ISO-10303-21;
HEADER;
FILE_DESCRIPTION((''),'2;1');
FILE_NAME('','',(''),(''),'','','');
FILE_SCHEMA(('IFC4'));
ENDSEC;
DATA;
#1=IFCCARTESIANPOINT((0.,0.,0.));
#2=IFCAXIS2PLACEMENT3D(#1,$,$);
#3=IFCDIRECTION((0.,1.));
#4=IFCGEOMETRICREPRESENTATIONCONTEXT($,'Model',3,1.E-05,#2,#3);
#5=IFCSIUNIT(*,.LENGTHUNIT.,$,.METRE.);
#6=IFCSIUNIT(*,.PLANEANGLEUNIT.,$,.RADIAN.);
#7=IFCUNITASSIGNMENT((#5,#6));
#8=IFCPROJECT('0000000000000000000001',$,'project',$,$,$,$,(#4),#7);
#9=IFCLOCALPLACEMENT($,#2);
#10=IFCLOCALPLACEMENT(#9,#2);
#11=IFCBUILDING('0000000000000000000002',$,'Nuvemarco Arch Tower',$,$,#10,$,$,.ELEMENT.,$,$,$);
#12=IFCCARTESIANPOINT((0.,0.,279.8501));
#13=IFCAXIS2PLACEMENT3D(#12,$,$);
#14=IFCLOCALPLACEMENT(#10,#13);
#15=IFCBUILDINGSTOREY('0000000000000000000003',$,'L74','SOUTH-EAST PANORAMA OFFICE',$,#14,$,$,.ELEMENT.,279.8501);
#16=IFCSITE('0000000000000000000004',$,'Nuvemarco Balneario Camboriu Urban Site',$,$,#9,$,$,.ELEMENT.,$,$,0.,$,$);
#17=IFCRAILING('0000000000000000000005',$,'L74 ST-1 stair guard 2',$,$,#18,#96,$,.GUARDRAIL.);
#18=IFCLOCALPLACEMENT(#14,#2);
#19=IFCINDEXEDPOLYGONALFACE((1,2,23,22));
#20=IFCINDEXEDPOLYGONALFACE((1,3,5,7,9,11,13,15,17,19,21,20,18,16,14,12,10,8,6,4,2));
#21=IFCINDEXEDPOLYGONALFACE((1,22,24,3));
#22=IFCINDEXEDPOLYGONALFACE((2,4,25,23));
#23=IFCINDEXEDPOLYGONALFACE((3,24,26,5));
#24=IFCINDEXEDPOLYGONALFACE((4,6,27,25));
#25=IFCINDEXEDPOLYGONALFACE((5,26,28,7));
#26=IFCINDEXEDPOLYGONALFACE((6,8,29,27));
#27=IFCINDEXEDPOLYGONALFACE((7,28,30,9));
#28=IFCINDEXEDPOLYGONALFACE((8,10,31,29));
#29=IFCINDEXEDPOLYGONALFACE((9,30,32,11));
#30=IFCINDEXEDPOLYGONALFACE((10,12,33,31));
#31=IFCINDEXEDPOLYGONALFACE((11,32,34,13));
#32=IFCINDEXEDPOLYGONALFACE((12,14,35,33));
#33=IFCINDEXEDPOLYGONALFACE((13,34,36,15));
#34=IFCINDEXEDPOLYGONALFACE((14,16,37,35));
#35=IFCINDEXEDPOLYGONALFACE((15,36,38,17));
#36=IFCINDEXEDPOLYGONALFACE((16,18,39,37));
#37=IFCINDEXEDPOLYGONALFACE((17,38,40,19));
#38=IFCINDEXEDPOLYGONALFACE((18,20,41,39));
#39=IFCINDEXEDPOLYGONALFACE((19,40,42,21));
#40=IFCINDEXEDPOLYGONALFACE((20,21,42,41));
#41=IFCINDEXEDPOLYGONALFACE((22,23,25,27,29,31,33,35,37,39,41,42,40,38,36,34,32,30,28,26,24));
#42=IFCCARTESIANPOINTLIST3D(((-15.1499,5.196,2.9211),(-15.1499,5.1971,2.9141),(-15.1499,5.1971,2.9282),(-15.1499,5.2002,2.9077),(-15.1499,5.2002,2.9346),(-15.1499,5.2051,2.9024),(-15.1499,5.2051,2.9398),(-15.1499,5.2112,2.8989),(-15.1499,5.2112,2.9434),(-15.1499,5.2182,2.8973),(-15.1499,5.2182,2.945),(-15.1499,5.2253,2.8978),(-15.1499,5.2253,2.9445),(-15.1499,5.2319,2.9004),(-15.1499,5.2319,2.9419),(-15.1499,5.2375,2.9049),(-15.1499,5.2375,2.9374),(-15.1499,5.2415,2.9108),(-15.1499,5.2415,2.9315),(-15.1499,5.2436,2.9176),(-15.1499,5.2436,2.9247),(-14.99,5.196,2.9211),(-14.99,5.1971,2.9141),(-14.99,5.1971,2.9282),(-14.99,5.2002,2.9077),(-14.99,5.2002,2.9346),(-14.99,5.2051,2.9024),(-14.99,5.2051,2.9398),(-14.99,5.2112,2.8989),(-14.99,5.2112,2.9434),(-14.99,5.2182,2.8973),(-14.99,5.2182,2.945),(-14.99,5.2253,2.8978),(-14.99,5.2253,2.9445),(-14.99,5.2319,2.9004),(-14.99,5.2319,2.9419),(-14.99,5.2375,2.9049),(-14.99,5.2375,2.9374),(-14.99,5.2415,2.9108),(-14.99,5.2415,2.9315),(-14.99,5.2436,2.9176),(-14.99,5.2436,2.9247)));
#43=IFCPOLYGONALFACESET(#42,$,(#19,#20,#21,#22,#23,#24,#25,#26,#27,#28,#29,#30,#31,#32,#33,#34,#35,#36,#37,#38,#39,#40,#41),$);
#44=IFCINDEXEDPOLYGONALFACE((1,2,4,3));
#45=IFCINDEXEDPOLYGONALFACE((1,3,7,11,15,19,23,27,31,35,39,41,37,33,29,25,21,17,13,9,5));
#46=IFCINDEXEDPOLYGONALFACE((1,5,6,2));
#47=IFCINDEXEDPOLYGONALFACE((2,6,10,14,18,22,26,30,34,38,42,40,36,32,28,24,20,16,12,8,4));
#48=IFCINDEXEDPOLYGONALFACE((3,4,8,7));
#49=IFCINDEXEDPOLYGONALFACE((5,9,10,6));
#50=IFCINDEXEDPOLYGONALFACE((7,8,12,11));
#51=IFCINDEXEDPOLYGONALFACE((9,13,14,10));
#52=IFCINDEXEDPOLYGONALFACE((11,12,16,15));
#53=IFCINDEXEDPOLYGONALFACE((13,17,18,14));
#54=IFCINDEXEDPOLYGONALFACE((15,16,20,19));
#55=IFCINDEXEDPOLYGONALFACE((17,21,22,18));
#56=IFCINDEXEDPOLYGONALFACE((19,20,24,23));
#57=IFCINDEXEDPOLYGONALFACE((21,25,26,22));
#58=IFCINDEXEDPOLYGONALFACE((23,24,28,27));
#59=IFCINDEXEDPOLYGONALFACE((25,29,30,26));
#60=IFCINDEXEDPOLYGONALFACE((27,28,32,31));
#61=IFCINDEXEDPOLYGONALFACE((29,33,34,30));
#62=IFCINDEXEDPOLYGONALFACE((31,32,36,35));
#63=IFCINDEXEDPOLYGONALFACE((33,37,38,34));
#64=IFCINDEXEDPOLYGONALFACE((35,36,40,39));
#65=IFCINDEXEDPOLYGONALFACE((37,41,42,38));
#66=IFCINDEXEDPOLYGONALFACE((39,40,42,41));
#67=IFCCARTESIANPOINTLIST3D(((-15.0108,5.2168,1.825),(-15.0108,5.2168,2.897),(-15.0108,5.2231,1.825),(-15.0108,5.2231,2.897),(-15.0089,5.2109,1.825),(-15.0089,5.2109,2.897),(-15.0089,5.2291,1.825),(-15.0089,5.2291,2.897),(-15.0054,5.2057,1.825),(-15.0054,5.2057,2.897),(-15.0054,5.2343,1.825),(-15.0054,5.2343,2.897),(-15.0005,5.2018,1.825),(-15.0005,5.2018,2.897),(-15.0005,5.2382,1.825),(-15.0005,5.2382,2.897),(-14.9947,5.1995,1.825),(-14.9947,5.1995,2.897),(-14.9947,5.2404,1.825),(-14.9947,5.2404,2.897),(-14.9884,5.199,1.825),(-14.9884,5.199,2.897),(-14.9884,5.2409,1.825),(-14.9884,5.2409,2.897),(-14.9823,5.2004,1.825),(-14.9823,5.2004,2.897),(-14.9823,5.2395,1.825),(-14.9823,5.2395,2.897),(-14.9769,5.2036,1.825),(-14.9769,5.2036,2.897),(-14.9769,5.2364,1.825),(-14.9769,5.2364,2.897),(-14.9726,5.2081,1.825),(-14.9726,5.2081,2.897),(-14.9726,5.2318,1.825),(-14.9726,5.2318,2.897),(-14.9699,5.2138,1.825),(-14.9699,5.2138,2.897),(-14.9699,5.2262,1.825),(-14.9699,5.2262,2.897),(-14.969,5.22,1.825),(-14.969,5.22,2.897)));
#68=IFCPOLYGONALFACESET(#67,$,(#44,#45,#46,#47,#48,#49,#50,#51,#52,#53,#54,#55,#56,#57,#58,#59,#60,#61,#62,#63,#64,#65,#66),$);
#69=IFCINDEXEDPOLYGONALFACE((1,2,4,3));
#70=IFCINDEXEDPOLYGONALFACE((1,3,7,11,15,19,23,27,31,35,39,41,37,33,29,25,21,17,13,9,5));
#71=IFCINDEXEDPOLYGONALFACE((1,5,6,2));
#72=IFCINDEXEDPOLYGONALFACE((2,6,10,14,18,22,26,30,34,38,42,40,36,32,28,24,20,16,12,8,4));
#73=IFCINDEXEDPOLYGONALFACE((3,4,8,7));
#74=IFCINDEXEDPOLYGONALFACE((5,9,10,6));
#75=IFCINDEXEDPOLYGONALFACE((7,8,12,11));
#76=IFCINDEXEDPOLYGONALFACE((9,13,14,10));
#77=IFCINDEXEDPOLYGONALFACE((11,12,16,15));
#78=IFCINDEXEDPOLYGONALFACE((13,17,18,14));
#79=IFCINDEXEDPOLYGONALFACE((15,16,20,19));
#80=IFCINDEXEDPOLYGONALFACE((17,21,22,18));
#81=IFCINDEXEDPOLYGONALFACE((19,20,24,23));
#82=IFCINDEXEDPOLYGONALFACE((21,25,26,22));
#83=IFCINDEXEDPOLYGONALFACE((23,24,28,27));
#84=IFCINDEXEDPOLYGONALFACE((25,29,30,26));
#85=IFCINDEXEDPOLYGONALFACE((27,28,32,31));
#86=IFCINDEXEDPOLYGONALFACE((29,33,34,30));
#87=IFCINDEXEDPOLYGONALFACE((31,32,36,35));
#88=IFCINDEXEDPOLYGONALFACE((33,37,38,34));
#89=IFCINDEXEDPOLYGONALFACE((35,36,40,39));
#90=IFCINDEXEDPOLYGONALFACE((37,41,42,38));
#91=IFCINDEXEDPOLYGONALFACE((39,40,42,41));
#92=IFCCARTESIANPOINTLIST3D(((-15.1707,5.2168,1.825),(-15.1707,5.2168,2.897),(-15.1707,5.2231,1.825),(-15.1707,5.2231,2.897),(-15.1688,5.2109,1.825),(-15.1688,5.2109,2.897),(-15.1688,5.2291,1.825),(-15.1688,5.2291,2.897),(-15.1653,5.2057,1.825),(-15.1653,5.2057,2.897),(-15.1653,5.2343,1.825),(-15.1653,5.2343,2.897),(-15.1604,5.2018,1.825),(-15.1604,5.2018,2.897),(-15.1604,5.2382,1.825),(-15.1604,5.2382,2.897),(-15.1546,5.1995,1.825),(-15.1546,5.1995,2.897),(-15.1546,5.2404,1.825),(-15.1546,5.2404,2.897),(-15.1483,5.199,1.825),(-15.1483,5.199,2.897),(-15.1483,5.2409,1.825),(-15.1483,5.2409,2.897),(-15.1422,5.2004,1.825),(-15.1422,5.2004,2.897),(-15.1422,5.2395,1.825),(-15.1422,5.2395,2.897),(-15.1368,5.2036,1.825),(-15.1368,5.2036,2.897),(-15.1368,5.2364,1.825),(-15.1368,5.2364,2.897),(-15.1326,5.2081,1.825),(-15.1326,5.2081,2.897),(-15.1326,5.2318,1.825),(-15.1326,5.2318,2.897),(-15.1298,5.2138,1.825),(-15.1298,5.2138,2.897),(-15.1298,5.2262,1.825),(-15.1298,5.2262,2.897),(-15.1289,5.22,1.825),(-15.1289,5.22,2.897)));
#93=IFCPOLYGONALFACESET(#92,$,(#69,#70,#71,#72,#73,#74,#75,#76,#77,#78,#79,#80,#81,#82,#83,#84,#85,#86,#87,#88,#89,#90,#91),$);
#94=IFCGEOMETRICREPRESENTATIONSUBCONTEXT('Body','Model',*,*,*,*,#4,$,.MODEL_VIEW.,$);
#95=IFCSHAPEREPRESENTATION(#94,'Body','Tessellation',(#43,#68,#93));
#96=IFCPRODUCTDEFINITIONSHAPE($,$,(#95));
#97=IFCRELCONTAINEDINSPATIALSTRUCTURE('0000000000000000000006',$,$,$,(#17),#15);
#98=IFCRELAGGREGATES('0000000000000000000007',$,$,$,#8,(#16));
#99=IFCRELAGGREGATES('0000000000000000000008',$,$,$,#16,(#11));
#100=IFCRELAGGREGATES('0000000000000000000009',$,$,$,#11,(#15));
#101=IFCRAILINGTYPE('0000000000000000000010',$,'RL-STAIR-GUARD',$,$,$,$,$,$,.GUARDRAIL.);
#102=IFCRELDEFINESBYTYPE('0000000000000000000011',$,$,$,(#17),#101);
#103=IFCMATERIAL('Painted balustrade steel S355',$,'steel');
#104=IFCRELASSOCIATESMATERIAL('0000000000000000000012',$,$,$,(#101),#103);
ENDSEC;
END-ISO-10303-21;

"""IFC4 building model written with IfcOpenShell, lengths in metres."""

from ifc_helpers import new_model, si_unit, direction, frame, origin, origin_2d, place, context, subcontext, project, spatial, circle, extrude, material, type_object, element, save


model = new_model("IFC4")

# Units and contexts
model_context = context("Model", 3, precision=1e-05, world=origin(), true_north=direction((0.0, 1.0)))
body_context = subcontext(model_context, "Body", "Model", "MODEL_VIEW")
ifc_project = project(units=[si_unit("LENGTHUNIT", "METRE"), si_unit("PLANEANGLEUNIT", "RADIAN")], contexts=[model_context])

# Site, building, storey
site_placement = place(None, origin())
site = spatial("IfcSite", under=ifc_project, at=site_placement, Name="Nuvemarco Balneario Camboriu Urban Site", CompositionType="ELEMENT", RefElevation=0.0)
building_placement = place(site_placement, origin())
building = spatial("IfcBuilding", under=site, at=building_placement, Name="Nuvemarco Arch Tower", CompositionType="ELEMENT")
storey_placement = place(building_placement, frame((0.0, 0.0, 279.8501)))
storey = spatial("IfcBuildingStorey", under=building, at=storey_placement, Name="L74", Description="SOUTH-EAST PANORAMA OFFICE", CompositionType="ELEMENT", Elevation=279.8501)

# Railing
ifc_material_1 = material(Name="Painted balustrade steel S355", Category="steel")
railing_type_1 = type_object("IfcRailingType", Name="RL-STAIR-GUARD", PredefinedType="GUARDRAIL", material=ifc_material_1)
railing_1_placement = place(storey_placement, frame((-14.99, 5.22, 1.825)))
element("IfcRailing", 1, at=railing_1_placement, inside=storey, type_object=railing_type_1, Name="L74 ST-1 stair guard 2", PredefinedType="GUARDRAIL", context=body_context, shape_type="SweptSolid", body=[
    extrude(circle(Radius=0.0239, at=origin_2d()), frame((0.0, 0.0, 1.0962), z_axis=(-1.0, 0.0, 0.0), x_axis=(0.0, -1.0, 0.0)), (0.0, 0.0, 1.0), 0.1599),
    extrude(circle(Radius=0.021, at=origin_2d()), origin(), (0.0, 0.0, 1.0), 1.072),
    extrude(circle(Radius=0.021, at=origin_2d()), frame((-0.1599, 0.0, 0.0)), (0.0, 0.0, 1.0), 1.072),
])

save(model, "model.ifc")
